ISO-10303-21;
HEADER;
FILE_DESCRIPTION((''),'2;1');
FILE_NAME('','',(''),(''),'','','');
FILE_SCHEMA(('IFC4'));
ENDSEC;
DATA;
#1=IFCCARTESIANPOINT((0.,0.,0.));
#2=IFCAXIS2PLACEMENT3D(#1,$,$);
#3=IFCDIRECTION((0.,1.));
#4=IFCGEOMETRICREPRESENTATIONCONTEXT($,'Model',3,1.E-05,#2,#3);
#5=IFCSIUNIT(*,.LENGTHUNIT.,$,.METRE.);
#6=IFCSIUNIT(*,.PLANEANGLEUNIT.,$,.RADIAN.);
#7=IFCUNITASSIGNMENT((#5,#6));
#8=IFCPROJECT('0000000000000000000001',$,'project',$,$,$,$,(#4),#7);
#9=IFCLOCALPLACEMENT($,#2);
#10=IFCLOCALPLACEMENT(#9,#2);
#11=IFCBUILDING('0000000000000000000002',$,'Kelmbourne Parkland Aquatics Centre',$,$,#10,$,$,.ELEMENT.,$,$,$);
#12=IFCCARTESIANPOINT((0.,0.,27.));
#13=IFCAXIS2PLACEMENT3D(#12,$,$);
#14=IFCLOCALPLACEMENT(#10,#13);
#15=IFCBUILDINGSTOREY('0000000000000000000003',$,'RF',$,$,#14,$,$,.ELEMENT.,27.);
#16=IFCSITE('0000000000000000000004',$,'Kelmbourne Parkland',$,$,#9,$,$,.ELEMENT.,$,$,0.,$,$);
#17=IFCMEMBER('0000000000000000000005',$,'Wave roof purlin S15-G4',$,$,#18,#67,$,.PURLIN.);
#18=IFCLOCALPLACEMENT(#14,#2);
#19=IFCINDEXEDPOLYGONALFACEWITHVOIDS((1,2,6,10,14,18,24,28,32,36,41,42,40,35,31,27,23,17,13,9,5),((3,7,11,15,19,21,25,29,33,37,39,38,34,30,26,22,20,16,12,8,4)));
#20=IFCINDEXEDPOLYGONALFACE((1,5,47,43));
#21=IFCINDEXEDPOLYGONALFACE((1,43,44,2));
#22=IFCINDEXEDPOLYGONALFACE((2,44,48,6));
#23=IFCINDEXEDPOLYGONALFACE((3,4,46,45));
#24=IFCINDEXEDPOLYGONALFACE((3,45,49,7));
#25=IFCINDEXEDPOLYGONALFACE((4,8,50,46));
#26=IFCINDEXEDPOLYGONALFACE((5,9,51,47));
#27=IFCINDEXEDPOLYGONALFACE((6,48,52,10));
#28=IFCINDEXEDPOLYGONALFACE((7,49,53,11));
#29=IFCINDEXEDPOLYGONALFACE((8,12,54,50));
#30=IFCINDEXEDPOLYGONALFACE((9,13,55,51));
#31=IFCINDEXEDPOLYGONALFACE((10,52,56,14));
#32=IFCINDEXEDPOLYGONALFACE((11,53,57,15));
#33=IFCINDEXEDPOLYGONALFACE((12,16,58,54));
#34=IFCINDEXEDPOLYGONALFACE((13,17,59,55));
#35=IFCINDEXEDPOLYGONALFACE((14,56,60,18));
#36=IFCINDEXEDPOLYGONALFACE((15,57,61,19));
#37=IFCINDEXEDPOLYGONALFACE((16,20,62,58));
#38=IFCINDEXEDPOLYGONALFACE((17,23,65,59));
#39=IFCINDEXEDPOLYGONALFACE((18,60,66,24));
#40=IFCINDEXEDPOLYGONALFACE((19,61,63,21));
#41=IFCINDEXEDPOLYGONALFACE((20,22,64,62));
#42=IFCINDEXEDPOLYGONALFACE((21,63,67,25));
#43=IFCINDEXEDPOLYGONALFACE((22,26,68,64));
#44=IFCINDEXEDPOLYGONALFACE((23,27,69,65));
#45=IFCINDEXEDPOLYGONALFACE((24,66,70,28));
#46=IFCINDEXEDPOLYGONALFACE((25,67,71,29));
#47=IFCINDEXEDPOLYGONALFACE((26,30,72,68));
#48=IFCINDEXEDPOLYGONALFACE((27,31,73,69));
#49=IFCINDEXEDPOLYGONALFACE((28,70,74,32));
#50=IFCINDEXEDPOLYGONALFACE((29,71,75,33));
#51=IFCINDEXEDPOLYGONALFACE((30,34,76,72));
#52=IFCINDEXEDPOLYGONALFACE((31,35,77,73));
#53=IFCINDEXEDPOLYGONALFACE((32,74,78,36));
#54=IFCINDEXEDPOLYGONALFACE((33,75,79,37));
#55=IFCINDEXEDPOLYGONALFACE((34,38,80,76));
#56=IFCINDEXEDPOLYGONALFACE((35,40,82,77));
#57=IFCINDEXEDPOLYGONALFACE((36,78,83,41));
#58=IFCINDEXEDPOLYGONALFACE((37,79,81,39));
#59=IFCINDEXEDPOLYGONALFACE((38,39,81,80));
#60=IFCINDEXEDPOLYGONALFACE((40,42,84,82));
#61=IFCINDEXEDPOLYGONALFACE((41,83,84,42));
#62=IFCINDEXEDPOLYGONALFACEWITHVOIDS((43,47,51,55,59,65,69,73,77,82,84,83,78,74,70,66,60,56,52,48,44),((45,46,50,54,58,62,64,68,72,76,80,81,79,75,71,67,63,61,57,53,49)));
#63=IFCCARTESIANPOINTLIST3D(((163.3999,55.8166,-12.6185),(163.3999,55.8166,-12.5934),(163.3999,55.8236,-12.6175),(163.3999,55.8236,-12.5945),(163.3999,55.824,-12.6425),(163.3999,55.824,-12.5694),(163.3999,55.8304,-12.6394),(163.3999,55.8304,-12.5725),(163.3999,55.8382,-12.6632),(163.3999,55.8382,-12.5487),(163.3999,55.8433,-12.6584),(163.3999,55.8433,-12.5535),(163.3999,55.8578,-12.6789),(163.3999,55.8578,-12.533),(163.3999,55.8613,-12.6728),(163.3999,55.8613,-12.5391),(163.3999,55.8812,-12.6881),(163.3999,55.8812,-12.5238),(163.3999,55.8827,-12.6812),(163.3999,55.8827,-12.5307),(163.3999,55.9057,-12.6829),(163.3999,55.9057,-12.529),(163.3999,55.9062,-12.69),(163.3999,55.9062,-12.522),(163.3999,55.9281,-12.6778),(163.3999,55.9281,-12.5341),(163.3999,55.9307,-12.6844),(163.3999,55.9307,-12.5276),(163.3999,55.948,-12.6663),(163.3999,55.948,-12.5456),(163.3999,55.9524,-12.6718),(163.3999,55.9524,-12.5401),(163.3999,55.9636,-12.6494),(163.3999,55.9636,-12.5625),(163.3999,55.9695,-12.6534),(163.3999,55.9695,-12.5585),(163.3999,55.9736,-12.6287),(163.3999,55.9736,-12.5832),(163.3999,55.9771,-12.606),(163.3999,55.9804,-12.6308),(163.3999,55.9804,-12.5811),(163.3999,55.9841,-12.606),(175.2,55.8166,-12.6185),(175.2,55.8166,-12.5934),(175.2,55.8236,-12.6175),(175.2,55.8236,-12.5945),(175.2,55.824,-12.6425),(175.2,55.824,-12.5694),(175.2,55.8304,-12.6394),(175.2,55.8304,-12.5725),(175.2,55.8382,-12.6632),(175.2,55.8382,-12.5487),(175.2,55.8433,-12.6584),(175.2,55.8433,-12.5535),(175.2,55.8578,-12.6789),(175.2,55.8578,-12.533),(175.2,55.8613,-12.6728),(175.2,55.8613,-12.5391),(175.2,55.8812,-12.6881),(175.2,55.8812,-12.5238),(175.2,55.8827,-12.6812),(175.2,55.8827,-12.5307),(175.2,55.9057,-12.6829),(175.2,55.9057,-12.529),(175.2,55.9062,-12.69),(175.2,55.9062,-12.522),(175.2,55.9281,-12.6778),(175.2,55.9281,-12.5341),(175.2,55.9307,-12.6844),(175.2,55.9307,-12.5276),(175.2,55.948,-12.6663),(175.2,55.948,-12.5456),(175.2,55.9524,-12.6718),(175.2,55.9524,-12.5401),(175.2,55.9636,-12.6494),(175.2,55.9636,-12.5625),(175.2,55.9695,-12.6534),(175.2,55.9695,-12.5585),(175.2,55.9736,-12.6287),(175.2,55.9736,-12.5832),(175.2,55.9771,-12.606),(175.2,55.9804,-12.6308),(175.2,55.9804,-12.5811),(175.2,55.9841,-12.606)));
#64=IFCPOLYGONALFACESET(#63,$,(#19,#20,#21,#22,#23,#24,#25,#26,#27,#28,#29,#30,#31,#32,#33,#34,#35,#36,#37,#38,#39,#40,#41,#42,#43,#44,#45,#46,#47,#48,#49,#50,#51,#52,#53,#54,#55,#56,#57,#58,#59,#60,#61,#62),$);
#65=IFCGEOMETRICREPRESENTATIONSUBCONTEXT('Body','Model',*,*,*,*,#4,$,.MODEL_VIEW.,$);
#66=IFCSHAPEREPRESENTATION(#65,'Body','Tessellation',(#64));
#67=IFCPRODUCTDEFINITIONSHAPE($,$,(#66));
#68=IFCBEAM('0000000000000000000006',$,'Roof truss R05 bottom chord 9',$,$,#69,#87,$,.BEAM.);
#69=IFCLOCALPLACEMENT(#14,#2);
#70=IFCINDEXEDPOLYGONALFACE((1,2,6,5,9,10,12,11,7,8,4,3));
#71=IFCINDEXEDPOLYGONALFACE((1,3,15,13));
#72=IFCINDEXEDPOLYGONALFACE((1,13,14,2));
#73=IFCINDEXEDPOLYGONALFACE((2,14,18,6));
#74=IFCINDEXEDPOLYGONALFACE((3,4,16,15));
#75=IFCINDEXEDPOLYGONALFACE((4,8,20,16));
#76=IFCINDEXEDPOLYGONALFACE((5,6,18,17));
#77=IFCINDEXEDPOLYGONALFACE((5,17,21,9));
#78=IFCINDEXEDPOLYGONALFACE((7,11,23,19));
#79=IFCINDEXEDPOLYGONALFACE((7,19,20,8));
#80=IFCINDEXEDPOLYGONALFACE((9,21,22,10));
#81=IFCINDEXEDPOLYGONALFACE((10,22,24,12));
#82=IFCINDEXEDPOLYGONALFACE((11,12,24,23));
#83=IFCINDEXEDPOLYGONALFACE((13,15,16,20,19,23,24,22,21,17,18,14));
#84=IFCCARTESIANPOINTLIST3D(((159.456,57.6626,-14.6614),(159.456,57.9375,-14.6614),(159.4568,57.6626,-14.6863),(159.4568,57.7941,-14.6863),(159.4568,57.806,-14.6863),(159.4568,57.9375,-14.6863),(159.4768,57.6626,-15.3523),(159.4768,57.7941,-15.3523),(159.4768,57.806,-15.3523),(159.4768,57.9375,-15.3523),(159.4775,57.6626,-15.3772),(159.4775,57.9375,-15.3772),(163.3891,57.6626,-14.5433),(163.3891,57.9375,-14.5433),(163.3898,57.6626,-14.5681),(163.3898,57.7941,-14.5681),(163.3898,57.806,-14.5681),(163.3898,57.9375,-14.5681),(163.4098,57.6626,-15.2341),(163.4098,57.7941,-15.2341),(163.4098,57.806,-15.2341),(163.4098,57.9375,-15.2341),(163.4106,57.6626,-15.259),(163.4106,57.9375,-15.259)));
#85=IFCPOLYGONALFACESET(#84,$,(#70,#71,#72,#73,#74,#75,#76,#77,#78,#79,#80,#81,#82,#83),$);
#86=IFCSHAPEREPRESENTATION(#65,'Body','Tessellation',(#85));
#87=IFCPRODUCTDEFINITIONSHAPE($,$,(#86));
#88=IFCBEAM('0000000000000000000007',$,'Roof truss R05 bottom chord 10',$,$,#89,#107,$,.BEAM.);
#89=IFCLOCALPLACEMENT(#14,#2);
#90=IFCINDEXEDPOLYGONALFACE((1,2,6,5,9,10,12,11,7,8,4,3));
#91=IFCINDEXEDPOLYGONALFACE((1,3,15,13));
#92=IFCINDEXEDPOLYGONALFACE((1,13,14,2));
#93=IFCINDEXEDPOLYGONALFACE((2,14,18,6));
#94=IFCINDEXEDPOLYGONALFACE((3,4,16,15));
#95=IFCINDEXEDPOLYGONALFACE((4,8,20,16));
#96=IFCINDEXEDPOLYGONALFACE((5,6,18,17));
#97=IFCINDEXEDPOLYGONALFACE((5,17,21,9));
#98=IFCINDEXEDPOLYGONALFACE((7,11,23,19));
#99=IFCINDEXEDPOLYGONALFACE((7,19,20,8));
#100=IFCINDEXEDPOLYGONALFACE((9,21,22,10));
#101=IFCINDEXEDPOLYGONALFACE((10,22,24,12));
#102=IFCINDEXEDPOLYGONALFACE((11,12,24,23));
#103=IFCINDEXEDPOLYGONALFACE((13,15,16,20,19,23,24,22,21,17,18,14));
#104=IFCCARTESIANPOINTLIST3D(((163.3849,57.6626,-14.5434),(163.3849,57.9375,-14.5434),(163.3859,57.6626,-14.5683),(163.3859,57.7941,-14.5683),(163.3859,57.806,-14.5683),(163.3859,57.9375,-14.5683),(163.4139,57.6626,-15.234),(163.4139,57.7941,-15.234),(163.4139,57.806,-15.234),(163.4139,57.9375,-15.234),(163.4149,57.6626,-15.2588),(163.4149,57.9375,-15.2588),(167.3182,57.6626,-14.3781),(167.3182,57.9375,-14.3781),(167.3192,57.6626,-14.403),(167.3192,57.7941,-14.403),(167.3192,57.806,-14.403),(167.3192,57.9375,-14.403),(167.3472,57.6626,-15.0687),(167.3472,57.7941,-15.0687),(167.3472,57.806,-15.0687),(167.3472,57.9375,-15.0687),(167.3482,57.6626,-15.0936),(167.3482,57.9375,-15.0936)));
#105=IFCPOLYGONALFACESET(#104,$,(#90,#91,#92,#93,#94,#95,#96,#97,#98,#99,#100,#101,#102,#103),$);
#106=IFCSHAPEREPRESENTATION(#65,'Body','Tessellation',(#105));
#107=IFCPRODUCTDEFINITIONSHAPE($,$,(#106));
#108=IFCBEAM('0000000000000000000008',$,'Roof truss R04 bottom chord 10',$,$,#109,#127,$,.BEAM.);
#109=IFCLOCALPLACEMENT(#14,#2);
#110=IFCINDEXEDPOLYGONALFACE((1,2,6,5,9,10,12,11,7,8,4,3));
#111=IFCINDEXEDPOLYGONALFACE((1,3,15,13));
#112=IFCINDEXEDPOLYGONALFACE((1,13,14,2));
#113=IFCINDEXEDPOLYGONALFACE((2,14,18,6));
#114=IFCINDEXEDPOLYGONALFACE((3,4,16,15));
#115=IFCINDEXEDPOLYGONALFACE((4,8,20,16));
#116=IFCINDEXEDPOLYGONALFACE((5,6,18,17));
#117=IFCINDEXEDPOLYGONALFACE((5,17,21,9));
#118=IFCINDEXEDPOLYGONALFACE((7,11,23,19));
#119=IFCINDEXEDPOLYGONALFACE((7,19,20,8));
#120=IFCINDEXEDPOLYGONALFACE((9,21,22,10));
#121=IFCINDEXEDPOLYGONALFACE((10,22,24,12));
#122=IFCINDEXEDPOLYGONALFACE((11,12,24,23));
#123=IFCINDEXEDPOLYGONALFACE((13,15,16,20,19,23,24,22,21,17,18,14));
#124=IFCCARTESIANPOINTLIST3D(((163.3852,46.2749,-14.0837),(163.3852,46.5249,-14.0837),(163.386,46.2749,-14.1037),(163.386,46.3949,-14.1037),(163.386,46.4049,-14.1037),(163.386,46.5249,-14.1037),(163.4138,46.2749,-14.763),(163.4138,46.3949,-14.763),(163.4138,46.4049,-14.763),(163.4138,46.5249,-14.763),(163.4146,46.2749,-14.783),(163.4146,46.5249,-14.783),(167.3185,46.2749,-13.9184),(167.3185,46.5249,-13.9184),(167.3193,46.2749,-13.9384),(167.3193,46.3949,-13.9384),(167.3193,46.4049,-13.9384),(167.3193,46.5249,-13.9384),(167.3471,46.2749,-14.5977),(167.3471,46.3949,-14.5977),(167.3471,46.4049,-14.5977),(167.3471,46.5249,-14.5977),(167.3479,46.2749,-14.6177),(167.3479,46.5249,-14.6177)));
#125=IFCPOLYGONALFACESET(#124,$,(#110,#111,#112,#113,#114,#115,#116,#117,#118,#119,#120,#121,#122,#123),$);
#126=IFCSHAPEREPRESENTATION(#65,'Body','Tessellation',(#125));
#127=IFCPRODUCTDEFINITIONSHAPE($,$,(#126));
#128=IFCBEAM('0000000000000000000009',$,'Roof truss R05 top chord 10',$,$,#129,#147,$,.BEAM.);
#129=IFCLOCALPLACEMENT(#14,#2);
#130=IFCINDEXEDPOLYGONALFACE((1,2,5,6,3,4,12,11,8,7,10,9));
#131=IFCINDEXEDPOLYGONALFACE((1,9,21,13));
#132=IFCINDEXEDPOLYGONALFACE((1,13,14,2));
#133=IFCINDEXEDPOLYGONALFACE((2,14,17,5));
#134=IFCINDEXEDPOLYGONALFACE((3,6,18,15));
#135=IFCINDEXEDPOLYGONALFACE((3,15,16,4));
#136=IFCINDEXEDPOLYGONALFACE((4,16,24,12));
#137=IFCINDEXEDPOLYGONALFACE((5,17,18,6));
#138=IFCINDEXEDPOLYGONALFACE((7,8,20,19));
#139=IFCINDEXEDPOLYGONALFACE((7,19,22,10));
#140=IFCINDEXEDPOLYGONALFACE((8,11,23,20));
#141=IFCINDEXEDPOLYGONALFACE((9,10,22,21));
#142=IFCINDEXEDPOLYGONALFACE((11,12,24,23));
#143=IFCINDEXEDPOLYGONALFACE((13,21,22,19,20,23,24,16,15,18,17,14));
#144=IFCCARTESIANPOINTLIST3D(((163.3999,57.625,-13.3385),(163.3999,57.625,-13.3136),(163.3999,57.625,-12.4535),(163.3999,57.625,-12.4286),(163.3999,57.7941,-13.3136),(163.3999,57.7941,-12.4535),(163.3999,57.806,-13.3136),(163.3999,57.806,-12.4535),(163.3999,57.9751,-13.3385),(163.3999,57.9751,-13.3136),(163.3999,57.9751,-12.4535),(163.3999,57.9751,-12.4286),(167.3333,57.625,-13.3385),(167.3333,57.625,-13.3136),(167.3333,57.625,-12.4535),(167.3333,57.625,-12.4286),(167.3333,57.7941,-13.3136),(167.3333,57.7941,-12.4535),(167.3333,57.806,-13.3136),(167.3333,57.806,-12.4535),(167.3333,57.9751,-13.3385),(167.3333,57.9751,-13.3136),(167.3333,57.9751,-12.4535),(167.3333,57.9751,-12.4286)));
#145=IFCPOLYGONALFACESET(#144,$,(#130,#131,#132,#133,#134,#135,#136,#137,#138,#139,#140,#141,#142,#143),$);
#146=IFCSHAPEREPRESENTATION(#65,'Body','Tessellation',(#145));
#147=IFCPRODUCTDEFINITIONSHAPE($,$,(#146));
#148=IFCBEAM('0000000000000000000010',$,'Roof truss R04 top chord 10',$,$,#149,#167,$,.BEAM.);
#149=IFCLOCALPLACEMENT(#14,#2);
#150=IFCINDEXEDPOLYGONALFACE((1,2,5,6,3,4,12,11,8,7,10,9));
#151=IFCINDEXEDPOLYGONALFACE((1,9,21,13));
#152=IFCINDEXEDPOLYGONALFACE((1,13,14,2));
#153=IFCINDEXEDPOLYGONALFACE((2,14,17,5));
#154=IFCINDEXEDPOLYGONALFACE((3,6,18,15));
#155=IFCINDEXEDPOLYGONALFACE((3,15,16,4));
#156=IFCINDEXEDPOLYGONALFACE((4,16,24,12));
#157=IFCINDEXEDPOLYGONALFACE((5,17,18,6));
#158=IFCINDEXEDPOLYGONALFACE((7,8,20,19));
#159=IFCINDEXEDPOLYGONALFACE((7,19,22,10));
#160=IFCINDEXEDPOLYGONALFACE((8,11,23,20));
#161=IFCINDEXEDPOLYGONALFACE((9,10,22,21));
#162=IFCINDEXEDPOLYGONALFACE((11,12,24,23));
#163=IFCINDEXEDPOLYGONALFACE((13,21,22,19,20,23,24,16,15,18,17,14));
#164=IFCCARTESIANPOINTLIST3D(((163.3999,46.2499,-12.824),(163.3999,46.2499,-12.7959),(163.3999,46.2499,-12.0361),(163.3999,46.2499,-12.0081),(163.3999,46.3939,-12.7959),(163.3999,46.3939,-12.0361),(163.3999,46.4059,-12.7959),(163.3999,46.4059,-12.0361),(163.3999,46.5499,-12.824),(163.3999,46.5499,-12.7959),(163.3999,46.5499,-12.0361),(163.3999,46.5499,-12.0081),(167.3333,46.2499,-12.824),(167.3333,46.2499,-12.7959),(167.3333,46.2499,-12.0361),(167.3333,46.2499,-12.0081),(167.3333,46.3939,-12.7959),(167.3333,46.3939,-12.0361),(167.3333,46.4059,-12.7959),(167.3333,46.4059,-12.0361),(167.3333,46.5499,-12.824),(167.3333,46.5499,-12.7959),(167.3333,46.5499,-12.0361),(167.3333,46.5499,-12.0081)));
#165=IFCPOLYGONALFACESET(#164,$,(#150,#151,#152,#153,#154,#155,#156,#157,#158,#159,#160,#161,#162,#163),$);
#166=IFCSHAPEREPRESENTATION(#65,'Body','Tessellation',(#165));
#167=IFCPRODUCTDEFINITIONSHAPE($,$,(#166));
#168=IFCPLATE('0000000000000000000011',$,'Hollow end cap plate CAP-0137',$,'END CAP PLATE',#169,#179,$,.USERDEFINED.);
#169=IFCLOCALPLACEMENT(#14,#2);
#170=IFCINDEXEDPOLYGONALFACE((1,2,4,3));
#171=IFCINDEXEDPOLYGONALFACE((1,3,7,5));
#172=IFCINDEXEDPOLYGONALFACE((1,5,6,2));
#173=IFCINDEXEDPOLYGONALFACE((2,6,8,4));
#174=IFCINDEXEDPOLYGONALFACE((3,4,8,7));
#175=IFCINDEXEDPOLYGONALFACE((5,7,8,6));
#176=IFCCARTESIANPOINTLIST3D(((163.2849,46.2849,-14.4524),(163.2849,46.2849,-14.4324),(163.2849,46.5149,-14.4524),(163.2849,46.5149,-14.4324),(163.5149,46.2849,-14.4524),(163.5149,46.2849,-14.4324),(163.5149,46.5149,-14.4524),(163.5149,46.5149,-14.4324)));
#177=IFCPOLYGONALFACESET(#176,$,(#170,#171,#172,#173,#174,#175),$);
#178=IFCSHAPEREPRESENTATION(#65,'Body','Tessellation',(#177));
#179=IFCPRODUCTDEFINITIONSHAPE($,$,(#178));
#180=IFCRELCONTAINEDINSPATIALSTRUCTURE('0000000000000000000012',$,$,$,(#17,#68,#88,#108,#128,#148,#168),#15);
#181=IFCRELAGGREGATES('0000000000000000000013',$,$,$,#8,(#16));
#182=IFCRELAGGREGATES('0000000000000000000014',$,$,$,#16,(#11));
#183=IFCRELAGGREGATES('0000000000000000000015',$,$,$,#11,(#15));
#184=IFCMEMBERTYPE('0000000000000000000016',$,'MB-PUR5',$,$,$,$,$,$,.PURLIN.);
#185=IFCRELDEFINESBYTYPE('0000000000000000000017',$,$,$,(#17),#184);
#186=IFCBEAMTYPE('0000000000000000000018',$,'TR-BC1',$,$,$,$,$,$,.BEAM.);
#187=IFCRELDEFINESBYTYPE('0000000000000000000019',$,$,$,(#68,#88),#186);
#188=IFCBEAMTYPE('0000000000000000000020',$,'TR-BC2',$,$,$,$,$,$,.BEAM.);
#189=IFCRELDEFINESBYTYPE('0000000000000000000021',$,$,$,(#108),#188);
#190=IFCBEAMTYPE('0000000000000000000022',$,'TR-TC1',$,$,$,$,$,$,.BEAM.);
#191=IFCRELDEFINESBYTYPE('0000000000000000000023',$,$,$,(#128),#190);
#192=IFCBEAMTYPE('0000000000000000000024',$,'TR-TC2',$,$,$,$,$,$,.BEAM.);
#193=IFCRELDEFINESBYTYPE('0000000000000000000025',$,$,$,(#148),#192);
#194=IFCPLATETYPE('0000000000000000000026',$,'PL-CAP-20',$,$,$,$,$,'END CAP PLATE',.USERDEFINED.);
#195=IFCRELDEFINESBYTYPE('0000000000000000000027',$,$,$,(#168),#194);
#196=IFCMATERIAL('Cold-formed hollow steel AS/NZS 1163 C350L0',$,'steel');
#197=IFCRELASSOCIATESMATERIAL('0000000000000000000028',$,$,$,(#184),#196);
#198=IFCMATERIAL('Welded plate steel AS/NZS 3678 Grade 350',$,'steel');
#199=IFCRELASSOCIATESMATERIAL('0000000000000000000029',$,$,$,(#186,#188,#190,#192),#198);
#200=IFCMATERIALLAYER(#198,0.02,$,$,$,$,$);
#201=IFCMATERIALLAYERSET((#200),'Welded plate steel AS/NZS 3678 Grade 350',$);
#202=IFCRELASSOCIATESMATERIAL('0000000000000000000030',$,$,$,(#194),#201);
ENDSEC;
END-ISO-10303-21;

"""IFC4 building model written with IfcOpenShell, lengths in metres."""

from ifc_helpers import new_model, si_unit, direction, frame, origin, origin_2d, place, context, subcontext, project, spatial, rectangle, hollow_circle, i_section, extrude, material, layer, layer_set, material_profile, profile_set, type_object, element, save


model = new_model("IFC4")

# Units and contexts
model_context = context("Model", 3, precision=1e-05, world=origin(), true_north=direction((0.0, 1.0)))
body_context = subcontext(model_context, "Body", "Model", "MODEL_VIEW")
ifc_project = project(units=[si_unit("LENGTHUNIT", "METRE"), si_unit("PLANEANGLEUNIT", "RADIAN")], contexts=[model_context])

# Site, building, storey
site_placement = place(None, origin())
site = spatial("IfcSite", under=ifc_project, at=site_placement, Name="Kelmbourne Parkland", CompositionType="ELEMENT", RefElevation=0.0)
building_placement = place(site_placement, origin())
building = spatial("IfcBuilding", under=site, at=building_placement, Name="Kelmbourne Parkland Aquatics Centre", CompositionType="ELEMENT")
storey_placement = place(building_placement, frame((0.0, 0.0, 27.0)))
storey = spatial("IfcBuildingStorey", under=building, at=storey_placement, Name="RF", CompositionType="ELEMENT", Elevation=27.0)

# Member
ifc_material_1 = material(Name="Cold-formed hollow steel AS/NZS 1163 C350L0", Category="steel")
ifc_material_profile_1 = material_profile(ifc_material_1, hollow_circle(Radius=0.0842, WallThickness=0.0071, at=origin_2d()), Name="CHS 168.3x7.1")
ifc_profile_set_1 = profile_set([ifc_material_profile_1], Name="Cold-formed hollow steel AS/NZS 1163 C350L0")
member_type_1 = type_object("IfcMemberType", Name="MB-PUR5", PredefinedType="PURLIN", material=ifc_profile_set_1)
member_1_placement = place(storey_placement, frame((163.3999, 55.8999, -12.606), z_axis=(1.0, 0.0, 0.0), x_axis=(0.0, 1.0, 0.0)))
element("IfcMember", 1, at=member_1_placement, inside=storey, type_object=member_type_1, Name="Wave roof purlin S15-G4", PredefinedType="PURLIN", context=body_context, shape_type="SweptSolid", body=[
    extrude(hollow_circle(Radius=0.0842, WallThickness=0.0071, at=origin_2d()), origin(), (0.0, 0.0, 1.0), 11.8),
])

# Beams
ifc_material_2 = material(Name="Welded plate steel AS/NZS 3678 Grade 350", Category="steel")
ifc_material_profile_2 = material_profile(ifc_material_2, i_section(OverallWidth=0.2749, OverallDepth=0.7161, WebThickness=0.012, FlangeThickness=0.0249, at=origin_2d()), Name="700WB173")
ifc_profile_set_2 = profile_set([ifc_material_profile_2], Name="Welded plate steel AS/NZS 3678 Grade 350")
beam_type_1 = type_object("IfcBeamType", Name="TR-BC1", PredefinedType="BEAM", material=ifc_profile_set_2)
beam_1_placement = place(storey_placement, frame((159.4668, 57.8, -15.0193), z_axis=(0.999549, 0.0, 0.03003), x_axis=(0.0, 1.0, 0.0)))
element("IfcBeam", 2, at=beam_1_placement, inside=storey, type_object=beam_type_1, Name="Roof truss R05 bottom chord 9", PredefinedType="BEAM", context=body_context, shape_type="SweptSolid", body=[
    extrude(i_section(OverallWidth=0.2749, OverallDepth=0.7161, WebThickness=0.012, FlangeThickness=0.0249, at=origin_2d()), origin(), (0.0, 0.0, 1.0), 3.9348),
])
beam_2_placement = place(storey_placement, frame((163.3999, 57.8, -14.9011), z_axis=(0.999118, 0.0, 0.041984), x_axis=(0.0, 1.0, 0.0)))
element("IfcBeam", 3, at=beam_2_placement, inside=storey, type_object=beam_type_1, Name="Roof truss R05 bottom chord 10", PredefinedType="BEAM", context=body_context, shape_type="SweptSolid", body=[
    extrude(i_section(OverallWidth=0.2749, OverallDepth=0.7161, WebThickness=0.012, FlangeThickness=0.0249, at=origin_2d()), origin(), (0.0, 0.0, 1.0), 3.9368),
])
ifc_material_profile_3 = material_profile(ifc_material_2, i_section(OverallWidth=0.25, OverallDepth=0.7, WebThickness=0.01, FlangeThickness=0.02, at=origin_2d()), Name="700WB130")
ifc_profile_set_3 = profile_set([ifc_material_profile_3], Name="Welded plate steel AS/NZS 3678 Grade 350")
beam_type_2 = type_object("IfcBeamType", Name="TR-BC2", PredefinedType="BEAM", material=ifc_profile_set_3)
beam_3_placement = place(storey_placement, frame((163.3999, 46.3999, -14.4333), z_axis=(0.999118, 0.0, 0.041984), x_axis=(0.0, 1.0, 0.0)))
element("IfcBeam", 4, at=beam_3_placement, inside=storey, type_object=beam_type_2, Name="Roof truss R04 bottom chord 10", PredefinedType="BEAM", context=body_context, shape_type="SweptSolid", body=[
    extrude(i_section(OverallWidth=0.25, OverallDepth=0.7, WebThickness=0.01, FlangeThickness=0.02, at=origin_2d()), origin(), (0.0, 0.0, 1.0), 3.9368),
])
ifc_material_profile_4 = material_profile(ifc_material_2, i_section(OverallWidth=0.3501, OverallDepth=0.9099, WebThickness=0.012, FlangeThickness=0.0249, at=origin_2d()), Name="900WB218")
ifc_profile_set_4 = profile_set([ifc_material_profile_4], Name="Welded plate steel AS/NZS 3678 Grade 350")
beam_type_3 = type_object("IfcBeamType", Name="TR-TC1", PredefinedType="BEAM", material=ifc_profile_set_4)
beam_4_placement = place(storey_placement, frame((163.3999, 57.8, -12.8835), z_axis=(1.0, 0.0, 0.0), x_axis=(0.0, 1.0, 0.0)))
element("IfcBeam", 5, at=beam_4_placement, inside=storey, type_object=beam_type_3, Name="Roof truss R05 top chord 10", PredefinedType="BEAM", context=body_context, shape_type="SweptSolid", body=[
    extrude(i_section(OverallWidth=0.3501, OverallDepth=0.9099, WebThickness=0.012, FlangeThickness=0.0249, at=origin_2d()), origin(), (0.0, 0.0, 1.0), 3.9333),
])
ifc_material_profile_5 = material_profile(ifc_material_2, i_section(OverallWidth=0.3, OverallDepth=0.8159, WebThickness=0.012, FlangeThickness=0.0281, at=origin_2d()), Name="800WB192")
ifc_profile_set_5 = profile_set([ifc_material_profile_5], Name="Welded plate steel AS/NZS 3678 Grade 350")
beam_type_4 = type_object("IfcBeamType", Name="TR-TC2", PredefinedType="BEAM", material=ifc_profile_set_5)
beam_5_placement = place(storey_placement, frame((163.3999, 46.3999, -12.416), z_axis=(1.0, 0.0, 0.0), x_axis=(0.0, 1.0, 0.0)))
element("IfcBeam", 6, at=beam_5_placement, inside=storey, type_object=beam_type_4, Name="Roof truss R04 top chord 10", PredefinedType="BEAM", context=body_context, shape_type="SweptSolid", body=[
    extrude(i_section(OverallWidth=0.3, OverallDepth=0.8159, WebThickness=0.012, FlangeThickness=0.0281, at=origin_2d()), origin(), (0.0, 0.0, 1.0), 3.9333),
])

# Plate
ifc_layer_1 = layer(ifc_material_2, 0.02)
ifc_layer_set_1 = layer_set([ifc_layer_1], Name="Welded plate steel AS/NZS 3678 Grade 350")
plate_type_1 = type_object("IfcPlateType", Name="PL-CAP-20", ElementType="END CAP PLATE", PredefinedType="USERDEFINED", material=ifc_layer_set_1)
for number, where, z_axis, x_axis, name in (
    (7, (163.3999, 46.3999, -14.4524), (0.0, 0.0, 1.0), (1.0, 0.0, 0.0), "Hollow end cap plate CAP-0137"),
):
    element("IfcPlate", number, at=place(storey_placement, frame(where, z_axis=z_axis, x_axis=x_axis)), inside=storey, type_object=plate_type_1, Name=name, ObjectType="END CAP PLATE", PredefinedType="USERDEFINED", context=body_context, shape_type="SweptSolid", body=[
        extrude(rectangle(XDim=0.23, YDim=0.23, at=origin_2d()), origin(), (0.0, 0.0, 1.0), 0.02),
    ])

save(model, "model.ifc")
